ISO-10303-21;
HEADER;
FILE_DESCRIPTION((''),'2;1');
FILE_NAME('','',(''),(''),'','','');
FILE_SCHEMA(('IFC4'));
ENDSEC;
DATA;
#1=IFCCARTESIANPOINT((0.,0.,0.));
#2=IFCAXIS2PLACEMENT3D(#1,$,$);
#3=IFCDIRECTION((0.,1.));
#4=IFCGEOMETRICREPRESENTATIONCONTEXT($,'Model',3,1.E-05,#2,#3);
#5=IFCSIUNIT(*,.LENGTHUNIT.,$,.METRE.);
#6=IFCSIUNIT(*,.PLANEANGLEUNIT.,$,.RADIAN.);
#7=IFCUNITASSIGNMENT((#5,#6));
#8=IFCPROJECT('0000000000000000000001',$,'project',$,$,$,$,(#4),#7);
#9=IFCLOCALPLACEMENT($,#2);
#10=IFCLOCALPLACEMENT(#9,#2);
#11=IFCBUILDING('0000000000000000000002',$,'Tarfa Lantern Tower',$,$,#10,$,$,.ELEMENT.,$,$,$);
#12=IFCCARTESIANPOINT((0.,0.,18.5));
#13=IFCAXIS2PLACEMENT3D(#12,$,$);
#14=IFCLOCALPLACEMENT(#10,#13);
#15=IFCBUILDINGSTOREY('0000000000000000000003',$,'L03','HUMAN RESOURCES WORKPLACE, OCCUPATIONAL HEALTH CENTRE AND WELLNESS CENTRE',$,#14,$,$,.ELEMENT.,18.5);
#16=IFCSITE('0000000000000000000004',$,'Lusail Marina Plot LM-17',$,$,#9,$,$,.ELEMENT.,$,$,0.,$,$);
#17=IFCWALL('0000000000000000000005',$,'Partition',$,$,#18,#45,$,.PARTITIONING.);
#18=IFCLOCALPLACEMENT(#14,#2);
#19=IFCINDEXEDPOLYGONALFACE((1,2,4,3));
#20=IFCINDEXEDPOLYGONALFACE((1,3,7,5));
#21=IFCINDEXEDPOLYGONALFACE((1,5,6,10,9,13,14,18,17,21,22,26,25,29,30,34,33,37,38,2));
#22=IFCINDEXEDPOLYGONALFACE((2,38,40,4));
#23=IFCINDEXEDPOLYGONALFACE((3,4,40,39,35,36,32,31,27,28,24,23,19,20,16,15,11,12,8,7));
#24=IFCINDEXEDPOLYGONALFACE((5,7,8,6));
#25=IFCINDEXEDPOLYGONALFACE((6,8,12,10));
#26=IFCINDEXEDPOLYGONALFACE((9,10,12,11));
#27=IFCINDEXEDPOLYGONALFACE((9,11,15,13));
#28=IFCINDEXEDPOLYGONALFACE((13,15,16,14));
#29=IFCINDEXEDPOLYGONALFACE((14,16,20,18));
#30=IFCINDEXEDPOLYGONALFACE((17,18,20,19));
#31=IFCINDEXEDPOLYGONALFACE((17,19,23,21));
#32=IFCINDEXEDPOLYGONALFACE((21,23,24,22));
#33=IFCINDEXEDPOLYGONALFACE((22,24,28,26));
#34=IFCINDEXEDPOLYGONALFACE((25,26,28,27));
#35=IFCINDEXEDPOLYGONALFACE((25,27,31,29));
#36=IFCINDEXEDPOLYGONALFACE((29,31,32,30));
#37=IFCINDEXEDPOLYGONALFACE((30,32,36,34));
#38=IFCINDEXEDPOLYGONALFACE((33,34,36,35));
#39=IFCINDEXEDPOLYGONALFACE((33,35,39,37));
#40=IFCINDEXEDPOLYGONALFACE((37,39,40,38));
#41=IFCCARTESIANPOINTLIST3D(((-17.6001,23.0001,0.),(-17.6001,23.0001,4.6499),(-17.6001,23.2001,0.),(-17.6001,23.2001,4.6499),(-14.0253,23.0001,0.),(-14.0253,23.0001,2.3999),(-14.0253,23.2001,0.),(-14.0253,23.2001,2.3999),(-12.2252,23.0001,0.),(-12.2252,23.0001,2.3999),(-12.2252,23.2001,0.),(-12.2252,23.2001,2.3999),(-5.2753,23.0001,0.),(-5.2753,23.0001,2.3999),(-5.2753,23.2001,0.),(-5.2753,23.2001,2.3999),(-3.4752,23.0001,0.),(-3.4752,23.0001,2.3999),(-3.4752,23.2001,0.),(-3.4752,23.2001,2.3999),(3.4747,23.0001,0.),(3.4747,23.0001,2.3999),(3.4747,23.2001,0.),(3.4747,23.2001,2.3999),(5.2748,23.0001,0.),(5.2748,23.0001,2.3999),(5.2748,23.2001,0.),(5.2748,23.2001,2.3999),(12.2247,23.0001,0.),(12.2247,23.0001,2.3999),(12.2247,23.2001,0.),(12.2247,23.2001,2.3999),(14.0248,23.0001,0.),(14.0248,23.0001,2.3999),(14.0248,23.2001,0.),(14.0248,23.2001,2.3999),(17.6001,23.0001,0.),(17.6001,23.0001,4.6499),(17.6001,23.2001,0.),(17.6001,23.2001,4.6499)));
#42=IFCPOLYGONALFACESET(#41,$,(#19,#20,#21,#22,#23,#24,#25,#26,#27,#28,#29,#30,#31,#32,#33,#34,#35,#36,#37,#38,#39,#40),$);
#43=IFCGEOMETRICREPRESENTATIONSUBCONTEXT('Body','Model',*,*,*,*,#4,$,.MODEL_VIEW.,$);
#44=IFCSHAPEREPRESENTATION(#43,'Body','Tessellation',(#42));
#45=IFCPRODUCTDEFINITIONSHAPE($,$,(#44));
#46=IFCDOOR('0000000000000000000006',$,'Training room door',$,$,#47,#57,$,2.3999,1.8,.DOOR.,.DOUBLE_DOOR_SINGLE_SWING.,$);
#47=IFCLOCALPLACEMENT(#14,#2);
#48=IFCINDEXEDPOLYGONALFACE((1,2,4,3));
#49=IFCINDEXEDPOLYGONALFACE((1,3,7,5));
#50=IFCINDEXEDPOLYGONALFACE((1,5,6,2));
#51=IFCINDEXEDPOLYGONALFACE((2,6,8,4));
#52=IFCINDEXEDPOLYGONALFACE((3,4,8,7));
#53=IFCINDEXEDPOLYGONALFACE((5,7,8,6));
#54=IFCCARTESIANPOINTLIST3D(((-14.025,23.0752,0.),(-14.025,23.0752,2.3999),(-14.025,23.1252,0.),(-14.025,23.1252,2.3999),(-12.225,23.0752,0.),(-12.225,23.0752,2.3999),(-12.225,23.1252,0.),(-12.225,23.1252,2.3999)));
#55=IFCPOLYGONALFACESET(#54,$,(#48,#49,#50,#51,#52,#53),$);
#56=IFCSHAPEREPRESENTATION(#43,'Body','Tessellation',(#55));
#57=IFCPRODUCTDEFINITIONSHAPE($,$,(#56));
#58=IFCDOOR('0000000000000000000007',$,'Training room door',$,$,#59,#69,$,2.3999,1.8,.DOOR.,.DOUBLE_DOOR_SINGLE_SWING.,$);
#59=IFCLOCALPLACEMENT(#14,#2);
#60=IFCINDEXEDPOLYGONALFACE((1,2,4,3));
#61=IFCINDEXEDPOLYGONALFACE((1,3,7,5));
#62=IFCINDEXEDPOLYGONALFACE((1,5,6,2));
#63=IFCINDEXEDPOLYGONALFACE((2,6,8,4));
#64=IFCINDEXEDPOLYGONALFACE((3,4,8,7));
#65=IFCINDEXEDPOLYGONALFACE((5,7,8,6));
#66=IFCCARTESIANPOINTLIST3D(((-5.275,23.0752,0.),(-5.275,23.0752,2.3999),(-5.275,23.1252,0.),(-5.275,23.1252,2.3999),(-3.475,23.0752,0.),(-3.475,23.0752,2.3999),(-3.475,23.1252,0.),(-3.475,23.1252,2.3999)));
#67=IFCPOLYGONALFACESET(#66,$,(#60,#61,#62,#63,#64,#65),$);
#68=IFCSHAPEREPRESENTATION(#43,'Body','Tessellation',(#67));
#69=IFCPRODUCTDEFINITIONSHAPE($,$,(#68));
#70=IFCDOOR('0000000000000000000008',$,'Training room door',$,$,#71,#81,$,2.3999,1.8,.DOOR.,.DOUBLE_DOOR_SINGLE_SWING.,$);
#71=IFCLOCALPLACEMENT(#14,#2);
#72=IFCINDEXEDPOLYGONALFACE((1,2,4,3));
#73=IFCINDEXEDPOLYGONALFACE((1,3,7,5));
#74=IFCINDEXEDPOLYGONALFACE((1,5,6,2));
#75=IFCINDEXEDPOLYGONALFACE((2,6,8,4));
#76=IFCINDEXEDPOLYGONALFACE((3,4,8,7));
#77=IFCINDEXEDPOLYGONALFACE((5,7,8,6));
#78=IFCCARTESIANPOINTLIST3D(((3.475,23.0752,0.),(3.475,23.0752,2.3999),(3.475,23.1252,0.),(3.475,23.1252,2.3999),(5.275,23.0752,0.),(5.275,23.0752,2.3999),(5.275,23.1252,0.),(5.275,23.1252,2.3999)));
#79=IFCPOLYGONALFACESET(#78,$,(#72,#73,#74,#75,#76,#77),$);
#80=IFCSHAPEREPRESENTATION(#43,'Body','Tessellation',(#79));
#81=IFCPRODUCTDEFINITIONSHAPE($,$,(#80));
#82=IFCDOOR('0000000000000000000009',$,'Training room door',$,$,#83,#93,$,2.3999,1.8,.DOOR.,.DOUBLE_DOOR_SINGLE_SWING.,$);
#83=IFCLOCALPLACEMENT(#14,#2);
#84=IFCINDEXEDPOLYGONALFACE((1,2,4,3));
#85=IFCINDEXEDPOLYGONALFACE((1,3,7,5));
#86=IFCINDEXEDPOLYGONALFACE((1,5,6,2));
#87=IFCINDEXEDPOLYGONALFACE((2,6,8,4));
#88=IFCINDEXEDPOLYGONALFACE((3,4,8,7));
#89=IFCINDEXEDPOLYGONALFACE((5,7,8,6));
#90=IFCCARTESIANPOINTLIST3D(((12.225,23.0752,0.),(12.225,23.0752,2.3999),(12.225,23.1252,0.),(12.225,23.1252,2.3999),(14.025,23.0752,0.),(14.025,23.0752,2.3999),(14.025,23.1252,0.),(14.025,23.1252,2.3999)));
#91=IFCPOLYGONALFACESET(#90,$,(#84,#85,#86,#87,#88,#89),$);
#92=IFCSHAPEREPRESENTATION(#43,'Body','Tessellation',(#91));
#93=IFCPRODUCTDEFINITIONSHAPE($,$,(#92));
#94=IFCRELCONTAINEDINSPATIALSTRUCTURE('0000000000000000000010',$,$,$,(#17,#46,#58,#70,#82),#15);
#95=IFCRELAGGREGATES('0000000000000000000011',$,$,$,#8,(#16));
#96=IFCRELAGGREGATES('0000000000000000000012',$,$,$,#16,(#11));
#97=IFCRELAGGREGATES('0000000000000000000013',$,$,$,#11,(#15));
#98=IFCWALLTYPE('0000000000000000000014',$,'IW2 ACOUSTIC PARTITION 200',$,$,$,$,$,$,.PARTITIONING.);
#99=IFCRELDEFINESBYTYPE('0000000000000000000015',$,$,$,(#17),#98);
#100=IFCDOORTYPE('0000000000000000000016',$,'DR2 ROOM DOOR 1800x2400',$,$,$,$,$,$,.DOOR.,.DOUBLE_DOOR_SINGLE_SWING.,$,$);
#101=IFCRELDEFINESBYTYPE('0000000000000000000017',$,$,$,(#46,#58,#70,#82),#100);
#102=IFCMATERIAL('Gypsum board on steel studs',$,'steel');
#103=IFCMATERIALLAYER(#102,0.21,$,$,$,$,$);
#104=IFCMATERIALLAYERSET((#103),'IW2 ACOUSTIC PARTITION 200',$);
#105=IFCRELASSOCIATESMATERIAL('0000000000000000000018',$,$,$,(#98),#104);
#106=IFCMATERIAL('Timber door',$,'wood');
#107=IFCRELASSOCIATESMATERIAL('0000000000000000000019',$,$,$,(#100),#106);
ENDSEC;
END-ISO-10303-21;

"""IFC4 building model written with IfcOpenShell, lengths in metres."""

from ifc_helpers import new_model, si_unit, direction, frame, frame_2d, origin, place, context, subcontext, project, spatial, rectangle, extrude, material, layer, layer_set, type_object, element, fill, save


model = new_model("IFC4")

# Units and contexts
model_context = context("Model", 3, precision=1e-05, world=origin(), true_north=direction((0.0, 1.0)))
body_context = subcontext(model_context, "Body", "Model", "MODEL_VIEW")
ifc_project = project(units=[si_unit("LENGTHUNIT", "METRE"), si_unit("PLANEANGLEUNIT", "RADIAN")], contexts=[model_context])

# Site, building, storey
site_placement = place(None, origin())
site = spatial("IfcSite", under=ifc_project, at=site_placement, Name="Lusail Marina Plot LM-17", CompositionType="ELEMENT", RefElevation=0.0)
building_placement = place(site_placement, origin())
building = spatial("IfcBuilding", under=site, at=building_placement, Name="Tarfa Lantern Tower", CompositionType="ELEMENT")
storey_placement = place(building_placement, frame((0.0, 0.0, 18.5)))
storey = spatial("IfcBuildingStorey", under=building, at=storey_placement, Name="L03", Description="HUMAN RESOURCES WORKPLACE, OCCUPATIONAL HEALTH CENTRE AND WELLNESS CENTRE", CompositionType="ELEMENT", Elevation=18.5)

# Shared definitions
ifc_material_1 = material(Name="Gypsum board on steel studs", Category="steel")
ifc_layer = layer(ifc_material_1, 0.21)
ifc_layer_set = layer_set([ifc_layer], Name="IW2 ACOUSTIC PARTITION 200")
wall_type = type_object("IfcWallType", Name="IW2 ACOUSTIC PARTITION 200", PredefinedType="PARTITIONING", material=ifc_layer_set)
ifc_material_2 = material(Name="Timber door", Category="wood")
door_type = type_object("IfcDoorType", Name="DR2 ROOM DOOR 1800x2400", OperationType="DOUBLE_DOOR_SINGLE_SWING", PredefinedType="DOOR", material=ifc_material_2)

# Wall, openings, doors
wall_1_placement = place(storey_placement, frame((-17.6001, 23.1001, 0.0), z_axis=(0.0, 0.0, 1.0), x_axis=(1.0, 0.0, 0.0)))
wall_1 = element("IfcWall", 1, at=wall_1_placement, inside=storey, type_object=wall_type, Name="Partition", PredefinedType="PARTITIONING", context=body_context, shape_type="SweptSolid", body=[
    extrude(rectangle(XDim=35.2002, YDim=0.2, at=frame_2d((17.6001, 0.0))), origin(), (0.0, 0.0, 1.0), 4.6499),
])
opening_1_placement = place(wall_1_placement, frame((3.575, 0.0, 0.0)))
opening_1 = element("IfcOpeningElement", 2, at=opening_1_placement, cuts=wall_1, PredefinedType="OPENING", context=body_context, shape_type="SweptSolid", body=[
    extrude(rectangle(XDim=1.8, YDim=2.3999, at=frame_2d((0.8999, 1.2))), frame((0.0, 0.1099, 0.0), z_axis=(0.0, -1.0, 0.0), x_axis=(1.0, 0.0, 0.0)), (0.0, 0.0, 1.0), 0.22),
])
opening_2_placement = place(wall_1_placement, frame((12.325, 0.0, 0.0)))
opening_2 = element("IfcOpeningElement", 3, at=opening_2_placement, cuts=wall_1, PredefinedType="OPENING", context=body_context, shape_type="SweptSolid", body=[
    extrude(rectangle(XDim=1.8, YDim=2.3999, at=frame_2d((0.8999, 1.2))), frame((0.0, 0.1099, 0.0), z_axis=(0.0, -1.0, 0.0), x_axis=(1.0, 0.0, 0.0)), (0.0, 0.0, 1.0), 0.22),
])
opening_3_placement = place(wall_1_placement, frame((21.075, 0.0, 0.0)))
opening_3 = element("IfcOpeningElement", 4, at=opening_3_placement, cuts=wall_1, PredefinedType="OPENING", context=body_context, shape_type="SweptSolid", body=[
    extrude(rectangle(XDim=1.8, YDim=2.3999, at=frame_2d((0.8999, 1.2))), frame((0.0, 0.1099, 0.0), z_axis=(0.0, -1.0, 0.0), x_axis=(1.0, 0.0, 0.0)), (0.0, 0.0, 1.0), 0.22),
])
opening_4_placement = place(wall_1_placement, frame((29.825, 0.0, 0.0)))
opening_4 = element("IfcOpeningElement", 5, at=opening_4_placement, cuts=wall_1, PredefinedType="OPENING", context=body_context, shape_type="SweptSolid", body=[
    extrude(rectangle(XDim=1.8, YDim=2.3999, at=frame_2d((0.8999, 1.2))), frame((0.0, 0.1099, 0.0), z_axis=(0.0, -1.0, 0.0), x_axis=(1.0, 0.0, 0.0)), (0.0, 0.0, 1.0), 0.22),
])
door_1_placement = place(opening_1_placement, frame((1.8, 0.0, 0.0), z_axis=(0.0, 0.0, 1.0), x_axis=(-1.0, 0.0, 0.0)))
door_1 = element("IfcDoor", 6, at=door_1_placement, inside=storey, type_object=door_type, Name="Training room door", OperationType="DOUBLE_DOOR_SINGLE_SWING", OverallHeight=2.3999, OverallWidth=1.8, PredefinedType="DOOR", context=body_context, shape_type="SweptSolid", body=[
    extrude(rectangle(XDim=1.8, YDim=2.3999, at=frame_2d((0.8999, 1.2))), frame((0.0, 0.0249, 0.0), z_axis=(0.0, -1.0, 0.0), x_axis=(1.0, 0.0, 0.0)), (0.0, 0.0, 1.0), 0.05),
])
fill(opening_1, door_1)
door_2_placement = place(opening_2_placement, frame((1.8, 0.0, 0.0), z_axis=(0.0, 0.0, 1.0), x_axis=(-1.0, 0.0, 0.0)))
door_2 = element("IfcDoor", 7, at=door_2_placement, inside=storey, type_object=door_type, Name="Training room door", OperationType="DOUBLE_DOOR_SINGLE_SWING", OverallHeight=2.3999, OverallWidth=1.8, PredefinedType="DOOR", context=body_context, shape_type="SweptSolid", body=[
    extrude(rectangle(XDim=1.8, YDim=2.3999, at=frame_2d((0.8999, 1.2))), frame((0.0, 0.0249, 0.0), z_axis=(0.0, -1.0, 0.0), x_axis=(1.0, 0.0, 0.0)), (0.0, 0.0, 1.0), 0.05),
])
fill(opening_2, door_2)
door_3_placement = place(opening_3_placement, frame((1.8, 0.0, 0.0), z_axis=(0.0, 0.0, 1.0), x_axis=(-1.0, 0.0, 0.0)))
door_3 = element("IfcDoor", 8, at=door_3_placement, inside=storey, type_object=door_type, Name="Training room door", OperationType="DOUBLE_DOOR_SINGLE_SWING", OverallHeight=2.3999, OverallWidth=1.8, PredefinedType="DOOR", context=body_context, shape_type="SweptSolid", body=[
    extrude(rectangle(XDim=1.8, YDim=2.3999, at=frame_2d((0.8999, 1.2))), frame((0.0, 0.0249, 0.0), z_axis=(0.0, -1.0, 0.0), x_axis=(1.0, 0.0, 0.0)), (0.0, 0.0, 1.0), 0.05),
])
fill(opening_3, door_3)
door_4_placement = place(opening_4_placement, frame((1.8, 0.0, 0.0), z_axis=(0.0, 0.0, 1.0), x_axis=(-1.0, 0.0, 0.0)))
door_4 = element("IfcDoor", 9, at=door_4_placement, inside=storey, type_object=door_type, Name="Training room door", OperationType="DOUBLE_DOOR_SINGLE_SWING", OverallHeight=2.3999, OverallWidth=1.8, PredefinedType="DOOR", context=body_context, shape_type="SweptSolid", body=[
    extrude(rectangle(XDim=1.8, YDim=2.3999, at=frame_2d((0.8999, 1.2))), frame((0.0, 0.0249, 0.0), z_axis=(0.0, -1.0, 0.0), x_axis=(1.0, 0.0, 0.0)), (0.0, 0.0, 1.0), 0.05),
])
fill(opening_4, door_4)

save(model, "model.ifc")
